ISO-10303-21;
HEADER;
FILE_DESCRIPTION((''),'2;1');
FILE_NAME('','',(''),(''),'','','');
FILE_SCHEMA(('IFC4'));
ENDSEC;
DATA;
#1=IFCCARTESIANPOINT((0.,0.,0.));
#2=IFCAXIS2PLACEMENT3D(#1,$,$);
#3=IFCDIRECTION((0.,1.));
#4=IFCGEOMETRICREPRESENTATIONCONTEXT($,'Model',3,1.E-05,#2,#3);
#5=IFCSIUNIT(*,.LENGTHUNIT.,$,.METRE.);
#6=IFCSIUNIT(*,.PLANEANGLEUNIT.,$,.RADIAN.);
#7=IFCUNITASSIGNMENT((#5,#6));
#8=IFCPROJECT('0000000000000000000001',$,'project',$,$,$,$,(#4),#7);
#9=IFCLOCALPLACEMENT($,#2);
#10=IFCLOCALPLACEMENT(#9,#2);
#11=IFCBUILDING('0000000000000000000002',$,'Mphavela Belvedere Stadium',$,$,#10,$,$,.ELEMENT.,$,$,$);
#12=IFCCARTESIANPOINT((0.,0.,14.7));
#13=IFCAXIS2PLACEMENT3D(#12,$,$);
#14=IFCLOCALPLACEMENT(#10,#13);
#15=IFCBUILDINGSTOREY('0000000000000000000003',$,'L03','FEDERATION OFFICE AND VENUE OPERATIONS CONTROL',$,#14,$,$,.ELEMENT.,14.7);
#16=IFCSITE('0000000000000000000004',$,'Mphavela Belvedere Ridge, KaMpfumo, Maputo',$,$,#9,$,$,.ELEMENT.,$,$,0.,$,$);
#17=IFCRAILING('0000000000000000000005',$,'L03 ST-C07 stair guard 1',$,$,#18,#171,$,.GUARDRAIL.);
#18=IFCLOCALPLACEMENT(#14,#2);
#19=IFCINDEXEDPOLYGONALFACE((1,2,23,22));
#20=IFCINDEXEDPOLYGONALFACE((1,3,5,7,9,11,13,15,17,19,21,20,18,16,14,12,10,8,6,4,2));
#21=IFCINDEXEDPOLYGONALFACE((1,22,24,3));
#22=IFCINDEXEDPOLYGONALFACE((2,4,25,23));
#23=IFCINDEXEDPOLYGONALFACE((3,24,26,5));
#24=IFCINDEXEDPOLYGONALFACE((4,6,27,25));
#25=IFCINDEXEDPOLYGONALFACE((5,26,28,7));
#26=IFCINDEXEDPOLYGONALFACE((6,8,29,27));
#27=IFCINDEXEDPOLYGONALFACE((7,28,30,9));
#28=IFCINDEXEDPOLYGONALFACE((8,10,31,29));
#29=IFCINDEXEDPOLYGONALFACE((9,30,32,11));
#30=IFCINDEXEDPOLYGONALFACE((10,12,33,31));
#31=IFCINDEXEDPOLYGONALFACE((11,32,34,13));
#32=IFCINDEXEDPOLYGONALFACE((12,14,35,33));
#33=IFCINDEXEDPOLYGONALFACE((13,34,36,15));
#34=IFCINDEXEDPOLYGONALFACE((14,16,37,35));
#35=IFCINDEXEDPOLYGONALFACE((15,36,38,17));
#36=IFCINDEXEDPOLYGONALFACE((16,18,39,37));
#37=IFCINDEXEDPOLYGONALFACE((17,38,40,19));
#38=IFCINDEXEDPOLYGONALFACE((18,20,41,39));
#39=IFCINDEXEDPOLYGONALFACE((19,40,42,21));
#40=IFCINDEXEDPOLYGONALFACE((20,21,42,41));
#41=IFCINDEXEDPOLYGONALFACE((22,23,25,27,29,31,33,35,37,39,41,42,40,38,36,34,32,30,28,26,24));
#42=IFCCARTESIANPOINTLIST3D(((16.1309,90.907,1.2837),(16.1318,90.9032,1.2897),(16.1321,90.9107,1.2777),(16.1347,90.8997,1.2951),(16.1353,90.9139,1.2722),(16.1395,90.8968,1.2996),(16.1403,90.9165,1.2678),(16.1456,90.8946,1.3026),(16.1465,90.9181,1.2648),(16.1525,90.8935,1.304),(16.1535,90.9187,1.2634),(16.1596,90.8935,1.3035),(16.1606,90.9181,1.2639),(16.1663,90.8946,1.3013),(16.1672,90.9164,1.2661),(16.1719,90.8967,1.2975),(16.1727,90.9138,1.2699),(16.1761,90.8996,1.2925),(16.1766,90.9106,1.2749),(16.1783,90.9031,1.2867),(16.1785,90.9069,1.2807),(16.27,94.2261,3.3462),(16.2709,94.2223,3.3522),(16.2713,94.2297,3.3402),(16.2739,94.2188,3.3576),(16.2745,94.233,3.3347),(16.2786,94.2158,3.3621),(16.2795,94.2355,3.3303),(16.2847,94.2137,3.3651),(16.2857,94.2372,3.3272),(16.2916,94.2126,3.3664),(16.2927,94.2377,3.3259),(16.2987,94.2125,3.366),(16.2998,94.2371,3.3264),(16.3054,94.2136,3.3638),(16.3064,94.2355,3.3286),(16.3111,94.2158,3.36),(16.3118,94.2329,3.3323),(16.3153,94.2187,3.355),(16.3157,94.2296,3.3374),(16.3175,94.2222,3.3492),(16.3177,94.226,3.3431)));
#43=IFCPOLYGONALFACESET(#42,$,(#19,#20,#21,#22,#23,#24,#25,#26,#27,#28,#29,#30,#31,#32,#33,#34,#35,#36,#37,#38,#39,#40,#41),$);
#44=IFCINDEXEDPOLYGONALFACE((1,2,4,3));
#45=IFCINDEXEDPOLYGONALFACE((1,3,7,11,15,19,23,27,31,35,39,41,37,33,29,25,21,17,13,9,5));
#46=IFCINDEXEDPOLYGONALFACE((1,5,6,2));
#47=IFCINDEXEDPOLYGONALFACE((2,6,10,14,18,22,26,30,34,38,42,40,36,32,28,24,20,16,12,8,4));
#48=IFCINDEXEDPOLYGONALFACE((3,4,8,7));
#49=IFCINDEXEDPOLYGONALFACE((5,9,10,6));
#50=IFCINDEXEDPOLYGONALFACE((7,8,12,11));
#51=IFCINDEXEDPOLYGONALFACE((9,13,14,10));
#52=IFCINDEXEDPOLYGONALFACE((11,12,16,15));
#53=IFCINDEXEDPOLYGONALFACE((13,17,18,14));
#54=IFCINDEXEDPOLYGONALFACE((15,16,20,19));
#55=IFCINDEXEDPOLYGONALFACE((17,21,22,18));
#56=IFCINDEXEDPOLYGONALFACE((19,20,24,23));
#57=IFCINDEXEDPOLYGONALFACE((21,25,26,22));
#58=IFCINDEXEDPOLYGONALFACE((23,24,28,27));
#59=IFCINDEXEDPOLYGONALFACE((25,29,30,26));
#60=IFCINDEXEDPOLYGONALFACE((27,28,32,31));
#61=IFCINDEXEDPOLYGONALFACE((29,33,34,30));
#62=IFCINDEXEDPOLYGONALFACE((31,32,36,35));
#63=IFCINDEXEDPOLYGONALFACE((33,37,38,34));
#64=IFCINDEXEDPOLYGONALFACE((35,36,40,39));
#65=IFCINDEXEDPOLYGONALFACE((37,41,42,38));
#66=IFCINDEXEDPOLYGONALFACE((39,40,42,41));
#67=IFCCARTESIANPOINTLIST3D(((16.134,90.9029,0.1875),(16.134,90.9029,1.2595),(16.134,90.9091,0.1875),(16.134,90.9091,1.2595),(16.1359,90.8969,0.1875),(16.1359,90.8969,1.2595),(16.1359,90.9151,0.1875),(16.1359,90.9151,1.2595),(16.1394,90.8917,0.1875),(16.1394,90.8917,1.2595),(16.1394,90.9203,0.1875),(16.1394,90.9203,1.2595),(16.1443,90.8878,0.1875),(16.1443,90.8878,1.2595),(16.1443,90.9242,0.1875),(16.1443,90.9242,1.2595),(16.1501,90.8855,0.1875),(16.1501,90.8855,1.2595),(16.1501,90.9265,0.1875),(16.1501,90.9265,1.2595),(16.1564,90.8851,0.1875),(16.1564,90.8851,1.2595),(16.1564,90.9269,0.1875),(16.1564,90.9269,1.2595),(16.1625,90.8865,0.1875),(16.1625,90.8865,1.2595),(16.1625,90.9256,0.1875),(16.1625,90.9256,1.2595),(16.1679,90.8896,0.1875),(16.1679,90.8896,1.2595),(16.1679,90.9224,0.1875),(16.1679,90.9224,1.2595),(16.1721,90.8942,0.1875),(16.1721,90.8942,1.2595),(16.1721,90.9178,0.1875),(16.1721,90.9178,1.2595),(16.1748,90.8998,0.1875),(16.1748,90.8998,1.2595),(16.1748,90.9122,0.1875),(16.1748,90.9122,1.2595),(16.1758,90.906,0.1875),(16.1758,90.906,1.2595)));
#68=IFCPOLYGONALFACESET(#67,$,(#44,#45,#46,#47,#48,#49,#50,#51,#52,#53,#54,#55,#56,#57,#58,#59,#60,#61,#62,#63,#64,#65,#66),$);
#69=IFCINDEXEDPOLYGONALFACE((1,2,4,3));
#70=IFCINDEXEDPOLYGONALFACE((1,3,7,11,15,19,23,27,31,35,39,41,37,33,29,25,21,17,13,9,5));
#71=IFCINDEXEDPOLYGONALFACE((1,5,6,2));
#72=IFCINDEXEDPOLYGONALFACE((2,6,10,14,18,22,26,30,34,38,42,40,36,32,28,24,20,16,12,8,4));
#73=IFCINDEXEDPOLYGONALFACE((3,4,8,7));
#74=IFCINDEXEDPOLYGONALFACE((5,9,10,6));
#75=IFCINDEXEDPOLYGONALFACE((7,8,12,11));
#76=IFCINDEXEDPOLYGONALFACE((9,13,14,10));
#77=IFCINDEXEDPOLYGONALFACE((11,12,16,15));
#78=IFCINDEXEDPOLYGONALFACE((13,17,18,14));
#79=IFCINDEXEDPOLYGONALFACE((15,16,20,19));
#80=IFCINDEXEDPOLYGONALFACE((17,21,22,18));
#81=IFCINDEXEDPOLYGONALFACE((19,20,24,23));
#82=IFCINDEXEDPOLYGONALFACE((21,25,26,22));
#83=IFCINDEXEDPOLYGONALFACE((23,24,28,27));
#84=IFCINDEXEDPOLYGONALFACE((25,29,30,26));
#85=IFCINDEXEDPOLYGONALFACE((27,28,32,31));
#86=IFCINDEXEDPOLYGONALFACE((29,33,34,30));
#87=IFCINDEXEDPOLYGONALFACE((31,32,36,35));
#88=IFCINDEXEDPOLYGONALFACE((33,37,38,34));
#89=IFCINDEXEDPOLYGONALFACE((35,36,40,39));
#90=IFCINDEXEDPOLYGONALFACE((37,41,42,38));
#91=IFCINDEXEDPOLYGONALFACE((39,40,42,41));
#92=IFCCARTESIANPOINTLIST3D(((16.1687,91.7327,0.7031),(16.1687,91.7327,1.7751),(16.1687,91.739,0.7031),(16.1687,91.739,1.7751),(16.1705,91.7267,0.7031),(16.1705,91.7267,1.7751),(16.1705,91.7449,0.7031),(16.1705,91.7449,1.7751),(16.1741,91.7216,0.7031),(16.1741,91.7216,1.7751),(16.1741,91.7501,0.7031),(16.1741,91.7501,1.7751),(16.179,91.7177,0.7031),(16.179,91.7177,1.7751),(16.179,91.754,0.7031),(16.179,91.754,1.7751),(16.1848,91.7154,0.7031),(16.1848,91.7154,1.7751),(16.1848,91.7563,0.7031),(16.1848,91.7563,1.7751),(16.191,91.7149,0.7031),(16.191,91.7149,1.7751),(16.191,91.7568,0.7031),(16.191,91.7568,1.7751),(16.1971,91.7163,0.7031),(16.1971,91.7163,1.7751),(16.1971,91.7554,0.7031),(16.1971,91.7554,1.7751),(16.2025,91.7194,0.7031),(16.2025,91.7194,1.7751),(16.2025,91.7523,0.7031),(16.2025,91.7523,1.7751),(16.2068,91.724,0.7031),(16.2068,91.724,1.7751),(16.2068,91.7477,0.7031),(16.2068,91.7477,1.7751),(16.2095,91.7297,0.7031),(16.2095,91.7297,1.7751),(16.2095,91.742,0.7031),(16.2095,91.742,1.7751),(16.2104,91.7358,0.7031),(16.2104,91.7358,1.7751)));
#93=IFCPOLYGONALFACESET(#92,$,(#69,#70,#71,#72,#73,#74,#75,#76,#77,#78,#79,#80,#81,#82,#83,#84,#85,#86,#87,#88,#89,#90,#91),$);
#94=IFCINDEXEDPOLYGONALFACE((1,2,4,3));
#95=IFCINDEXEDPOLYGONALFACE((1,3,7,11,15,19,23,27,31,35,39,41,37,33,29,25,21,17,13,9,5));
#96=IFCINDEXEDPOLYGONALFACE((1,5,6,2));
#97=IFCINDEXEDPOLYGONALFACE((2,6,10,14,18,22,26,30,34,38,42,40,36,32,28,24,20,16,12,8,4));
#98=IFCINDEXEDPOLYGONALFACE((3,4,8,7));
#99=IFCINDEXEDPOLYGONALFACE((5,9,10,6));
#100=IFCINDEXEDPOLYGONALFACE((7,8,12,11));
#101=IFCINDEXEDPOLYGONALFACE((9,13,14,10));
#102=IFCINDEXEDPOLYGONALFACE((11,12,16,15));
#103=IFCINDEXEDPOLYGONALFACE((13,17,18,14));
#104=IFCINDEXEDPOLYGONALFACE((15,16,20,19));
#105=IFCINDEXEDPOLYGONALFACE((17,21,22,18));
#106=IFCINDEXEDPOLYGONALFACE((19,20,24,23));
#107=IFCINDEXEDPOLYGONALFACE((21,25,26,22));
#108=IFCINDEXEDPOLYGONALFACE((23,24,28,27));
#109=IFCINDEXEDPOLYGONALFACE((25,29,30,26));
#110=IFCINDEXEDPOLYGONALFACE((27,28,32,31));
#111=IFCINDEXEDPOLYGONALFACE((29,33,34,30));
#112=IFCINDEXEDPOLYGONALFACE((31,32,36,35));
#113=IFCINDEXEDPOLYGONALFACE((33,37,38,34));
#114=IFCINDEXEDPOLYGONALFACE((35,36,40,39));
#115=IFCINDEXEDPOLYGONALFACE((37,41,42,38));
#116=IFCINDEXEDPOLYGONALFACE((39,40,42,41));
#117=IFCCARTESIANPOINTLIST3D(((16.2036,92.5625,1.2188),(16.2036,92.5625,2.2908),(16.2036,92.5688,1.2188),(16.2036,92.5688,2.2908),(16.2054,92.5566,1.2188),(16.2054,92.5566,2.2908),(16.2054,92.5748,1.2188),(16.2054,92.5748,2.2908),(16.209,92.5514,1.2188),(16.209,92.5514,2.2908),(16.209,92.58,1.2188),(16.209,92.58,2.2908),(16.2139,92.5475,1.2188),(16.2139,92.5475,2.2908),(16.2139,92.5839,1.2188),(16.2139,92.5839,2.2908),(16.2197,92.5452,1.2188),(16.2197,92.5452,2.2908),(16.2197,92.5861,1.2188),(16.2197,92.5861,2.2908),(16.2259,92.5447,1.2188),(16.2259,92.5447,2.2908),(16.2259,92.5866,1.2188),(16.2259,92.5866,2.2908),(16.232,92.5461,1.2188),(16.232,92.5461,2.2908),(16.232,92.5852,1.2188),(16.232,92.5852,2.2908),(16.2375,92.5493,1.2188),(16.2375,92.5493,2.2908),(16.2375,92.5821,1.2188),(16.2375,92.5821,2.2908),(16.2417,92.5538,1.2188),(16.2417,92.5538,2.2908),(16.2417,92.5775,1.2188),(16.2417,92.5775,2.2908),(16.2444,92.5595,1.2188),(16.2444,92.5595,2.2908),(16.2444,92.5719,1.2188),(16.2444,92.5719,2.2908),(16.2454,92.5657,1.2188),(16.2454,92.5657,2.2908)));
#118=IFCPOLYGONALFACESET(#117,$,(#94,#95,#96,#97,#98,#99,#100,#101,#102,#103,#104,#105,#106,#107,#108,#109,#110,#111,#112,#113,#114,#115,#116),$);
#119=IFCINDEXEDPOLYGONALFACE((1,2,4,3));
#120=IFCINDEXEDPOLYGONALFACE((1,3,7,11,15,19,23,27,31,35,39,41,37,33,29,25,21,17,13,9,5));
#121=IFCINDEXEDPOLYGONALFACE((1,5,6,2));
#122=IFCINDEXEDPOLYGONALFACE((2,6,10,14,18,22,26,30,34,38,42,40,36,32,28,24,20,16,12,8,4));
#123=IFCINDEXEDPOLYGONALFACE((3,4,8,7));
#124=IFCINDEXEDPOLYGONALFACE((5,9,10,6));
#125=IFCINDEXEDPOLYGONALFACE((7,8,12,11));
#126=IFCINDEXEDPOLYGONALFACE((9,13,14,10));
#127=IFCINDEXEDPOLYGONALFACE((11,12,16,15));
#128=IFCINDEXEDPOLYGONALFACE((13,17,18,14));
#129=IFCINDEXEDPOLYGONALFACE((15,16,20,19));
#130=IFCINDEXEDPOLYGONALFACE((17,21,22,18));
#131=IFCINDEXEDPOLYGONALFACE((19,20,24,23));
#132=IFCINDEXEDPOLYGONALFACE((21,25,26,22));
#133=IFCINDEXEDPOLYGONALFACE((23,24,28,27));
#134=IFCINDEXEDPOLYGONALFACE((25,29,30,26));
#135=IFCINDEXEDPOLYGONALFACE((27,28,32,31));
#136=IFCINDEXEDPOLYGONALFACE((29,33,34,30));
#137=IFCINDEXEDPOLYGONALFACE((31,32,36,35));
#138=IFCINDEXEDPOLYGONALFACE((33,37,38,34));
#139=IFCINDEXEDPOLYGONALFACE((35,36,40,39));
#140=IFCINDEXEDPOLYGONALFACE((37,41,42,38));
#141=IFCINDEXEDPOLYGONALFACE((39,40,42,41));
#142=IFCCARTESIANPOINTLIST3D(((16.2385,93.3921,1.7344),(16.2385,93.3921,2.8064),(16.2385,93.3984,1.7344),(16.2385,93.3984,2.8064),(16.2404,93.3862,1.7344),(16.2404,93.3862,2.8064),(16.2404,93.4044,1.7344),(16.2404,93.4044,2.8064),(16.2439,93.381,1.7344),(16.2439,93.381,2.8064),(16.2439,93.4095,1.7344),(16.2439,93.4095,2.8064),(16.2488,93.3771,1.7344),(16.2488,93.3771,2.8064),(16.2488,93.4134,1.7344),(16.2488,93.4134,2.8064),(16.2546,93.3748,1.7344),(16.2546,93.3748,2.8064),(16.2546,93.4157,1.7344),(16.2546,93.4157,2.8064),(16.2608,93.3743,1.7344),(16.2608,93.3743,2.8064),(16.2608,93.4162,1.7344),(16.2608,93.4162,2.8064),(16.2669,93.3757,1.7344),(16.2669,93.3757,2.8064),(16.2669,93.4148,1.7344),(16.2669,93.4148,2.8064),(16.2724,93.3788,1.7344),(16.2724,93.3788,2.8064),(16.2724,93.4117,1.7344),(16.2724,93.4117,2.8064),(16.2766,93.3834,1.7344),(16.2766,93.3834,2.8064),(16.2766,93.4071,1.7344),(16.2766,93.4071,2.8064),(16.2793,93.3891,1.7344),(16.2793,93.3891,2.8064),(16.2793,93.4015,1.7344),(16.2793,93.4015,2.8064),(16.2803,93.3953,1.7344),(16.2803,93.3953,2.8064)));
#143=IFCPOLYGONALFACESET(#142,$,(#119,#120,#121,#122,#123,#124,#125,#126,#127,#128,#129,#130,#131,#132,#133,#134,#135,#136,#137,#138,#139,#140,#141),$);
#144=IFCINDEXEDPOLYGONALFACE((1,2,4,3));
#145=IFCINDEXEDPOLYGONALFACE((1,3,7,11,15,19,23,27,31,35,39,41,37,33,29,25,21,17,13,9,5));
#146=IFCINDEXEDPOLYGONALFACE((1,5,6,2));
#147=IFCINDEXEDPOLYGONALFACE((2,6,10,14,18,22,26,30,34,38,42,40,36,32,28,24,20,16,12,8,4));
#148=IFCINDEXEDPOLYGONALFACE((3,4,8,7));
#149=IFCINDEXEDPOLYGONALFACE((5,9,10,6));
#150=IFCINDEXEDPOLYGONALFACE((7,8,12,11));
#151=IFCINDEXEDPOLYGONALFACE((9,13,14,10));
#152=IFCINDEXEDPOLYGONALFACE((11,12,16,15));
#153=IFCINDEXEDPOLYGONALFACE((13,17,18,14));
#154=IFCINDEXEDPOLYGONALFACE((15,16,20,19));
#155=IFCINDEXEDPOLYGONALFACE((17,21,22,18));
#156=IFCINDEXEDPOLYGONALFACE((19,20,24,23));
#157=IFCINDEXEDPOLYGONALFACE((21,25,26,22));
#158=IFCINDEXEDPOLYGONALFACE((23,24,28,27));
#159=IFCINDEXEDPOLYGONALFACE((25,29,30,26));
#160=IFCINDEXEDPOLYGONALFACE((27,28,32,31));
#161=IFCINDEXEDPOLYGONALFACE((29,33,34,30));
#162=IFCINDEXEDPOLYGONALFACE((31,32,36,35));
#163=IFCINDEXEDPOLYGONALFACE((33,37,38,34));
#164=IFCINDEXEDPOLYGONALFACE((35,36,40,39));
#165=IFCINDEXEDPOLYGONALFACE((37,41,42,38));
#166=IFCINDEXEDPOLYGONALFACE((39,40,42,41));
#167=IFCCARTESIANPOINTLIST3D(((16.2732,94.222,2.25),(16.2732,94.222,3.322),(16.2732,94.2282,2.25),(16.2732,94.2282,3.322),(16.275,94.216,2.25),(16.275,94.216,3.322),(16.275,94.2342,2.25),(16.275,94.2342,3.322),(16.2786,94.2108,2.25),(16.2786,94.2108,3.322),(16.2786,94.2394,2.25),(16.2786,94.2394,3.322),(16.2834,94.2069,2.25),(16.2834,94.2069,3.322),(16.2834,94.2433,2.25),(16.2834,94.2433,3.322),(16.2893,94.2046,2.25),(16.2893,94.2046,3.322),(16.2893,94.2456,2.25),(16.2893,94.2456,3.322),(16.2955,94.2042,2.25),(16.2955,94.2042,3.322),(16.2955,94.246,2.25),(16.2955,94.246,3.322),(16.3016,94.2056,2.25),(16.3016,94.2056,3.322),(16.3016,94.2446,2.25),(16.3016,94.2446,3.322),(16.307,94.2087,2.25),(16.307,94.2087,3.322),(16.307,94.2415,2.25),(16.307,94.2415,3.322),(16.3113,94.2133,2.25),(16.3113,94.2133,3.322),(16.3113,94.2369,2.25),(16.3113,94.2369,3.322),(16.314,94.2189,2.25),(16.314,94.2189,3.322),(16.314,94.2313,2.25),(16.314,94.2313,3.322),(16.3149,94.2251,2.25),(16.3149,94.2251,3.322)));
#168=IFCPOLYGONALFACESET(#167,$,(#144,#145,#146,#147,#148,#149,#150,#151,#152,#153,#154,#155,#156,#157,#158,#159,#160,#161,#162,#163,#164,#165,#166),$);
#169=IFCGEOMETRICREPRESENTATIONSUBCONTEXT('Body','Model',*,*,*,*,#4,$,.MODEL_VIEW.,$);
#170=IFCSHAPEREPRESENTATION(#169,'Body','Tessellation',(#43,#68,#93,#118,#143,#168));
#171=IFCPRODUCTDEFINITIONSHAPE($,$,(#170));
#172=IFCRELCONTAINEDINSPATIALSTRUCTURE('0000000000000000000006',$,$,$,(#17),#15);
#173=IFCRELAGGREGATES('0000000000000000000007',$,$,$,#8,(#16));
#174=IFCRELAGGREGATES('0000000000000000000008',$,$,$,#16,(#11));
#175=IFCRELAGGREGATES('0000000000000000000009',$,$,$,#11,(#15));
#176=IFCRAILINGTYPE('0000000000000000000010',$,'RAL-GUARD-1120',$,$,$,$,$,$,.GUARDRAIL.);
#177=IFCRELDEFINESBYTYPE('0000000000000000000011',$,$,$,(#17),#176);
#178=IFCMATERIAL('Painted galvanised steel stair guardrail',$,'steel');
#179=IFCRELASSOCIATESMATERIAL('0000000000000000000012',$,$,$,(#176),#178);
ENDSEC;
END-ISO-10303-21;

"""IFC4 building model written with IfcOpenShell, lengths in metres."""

from ifc_helpers import new_model, si_unit, direction, frame, origin, origin_2d, place, context, subcontext, project, spatial, circle, extrude, material, type_object, element, save


model = new_model("IFC4")

# Units and contexts
model_context = context("Model", 3, precision=1e-05, world=origin(), true_north=direction((0.0, 1.0)))
body_context = subcontext(model_context, "Body", "Model", "MODEL_VIEW")
ifc_project = project(units=[si_unit("LENGTHUNIT", "METRE"), si_unit("PLANEANGLEUNIT", "RADIAN")], contexts=[model_context])

# Site, building, storey
site_placement = place(None, origin())
site = spatial("IfcSite", under=ifc_project, at=site_placement, Name="Mphavela Belvedere Ridge, KaMpfumo, Maputo", CompositionType="ELEMENT", RefElevation=0.0)
building_placement = place(site_placement, origin())
building = spatial("IfcBuilding", under=site, at=building_placement, Name="Mphavela Belvedere Stadium", CompositionType="ELEMENT")
storey_placement = place(building_placement, frame((0.0, 0.0, 14.7)))
storey = spatial("IfcBuildingStorey", under=building, at=storey_placement, Name="L03", Description="FEDERATION OFFICE AND VENUE OPERATIONS CONTROL", CompositionType="ELEMENT", Elevation=14.7)

# Railing
ifc_material_1 = material(Name="Painted galvanised steel stair guardrail", Category="steel")
railing_type_1 = type_object("IfcRailingType", Name="RAL-GUARD-1120", PredefinedType="GUARDRAIL", material=ifc_material_1)
railing_1_placement = place(storey_placement, frame((16.1548, 90.906, 0.1875)))
element("IfcRailing", 1, at=railing_1_placement, inside=storey, type_object=railing_type_1, Name="L03 ST-C07 stair guard 1", PredefinedType="GUARDRAIL", context=body_context, shape_type="SweptSolid", body=[
    extrude(circle(Radius=0.0239, at=origin_2d()), frame((0.0, 0.0, 1.0962), z_axis=(0.035589, 0.84883, 0.527467), x_axis=(-0.999122, 0.04189, 0.0)), (0.0, 0.0, 1.0), 3.9102),
    extrude(circle(Radius=0.021, at=origin_2d()), origin(), (0.0, 0.0, 1.0), 1.072),
    extrude(circle(Radius=0.021, at=origin_2d()), frame((0.0347, 0.8298, 0.5156)), (0.0, 0.0, 1.0), 1.072),
    extrude(circle(Radius=0.021, at=origin_2d()), frame((0.0696, 1.6597, 1.0312)), (0.0, 0.0, 1.0), 1.072),
    extrude(circle(Radius=0.021, at=origin_2d()), frame((0.1045, 2.4893, 1.5469)), (0.0, 0.0, 1.0), 1.072),
    extrude(circle(Radius=0.021, at=origin_2d()), frame((0.1392, 3.3191, 2.0625)), (0.0, 0.0, 1.0), 1.072),
])

save(model, "model.ifc")
